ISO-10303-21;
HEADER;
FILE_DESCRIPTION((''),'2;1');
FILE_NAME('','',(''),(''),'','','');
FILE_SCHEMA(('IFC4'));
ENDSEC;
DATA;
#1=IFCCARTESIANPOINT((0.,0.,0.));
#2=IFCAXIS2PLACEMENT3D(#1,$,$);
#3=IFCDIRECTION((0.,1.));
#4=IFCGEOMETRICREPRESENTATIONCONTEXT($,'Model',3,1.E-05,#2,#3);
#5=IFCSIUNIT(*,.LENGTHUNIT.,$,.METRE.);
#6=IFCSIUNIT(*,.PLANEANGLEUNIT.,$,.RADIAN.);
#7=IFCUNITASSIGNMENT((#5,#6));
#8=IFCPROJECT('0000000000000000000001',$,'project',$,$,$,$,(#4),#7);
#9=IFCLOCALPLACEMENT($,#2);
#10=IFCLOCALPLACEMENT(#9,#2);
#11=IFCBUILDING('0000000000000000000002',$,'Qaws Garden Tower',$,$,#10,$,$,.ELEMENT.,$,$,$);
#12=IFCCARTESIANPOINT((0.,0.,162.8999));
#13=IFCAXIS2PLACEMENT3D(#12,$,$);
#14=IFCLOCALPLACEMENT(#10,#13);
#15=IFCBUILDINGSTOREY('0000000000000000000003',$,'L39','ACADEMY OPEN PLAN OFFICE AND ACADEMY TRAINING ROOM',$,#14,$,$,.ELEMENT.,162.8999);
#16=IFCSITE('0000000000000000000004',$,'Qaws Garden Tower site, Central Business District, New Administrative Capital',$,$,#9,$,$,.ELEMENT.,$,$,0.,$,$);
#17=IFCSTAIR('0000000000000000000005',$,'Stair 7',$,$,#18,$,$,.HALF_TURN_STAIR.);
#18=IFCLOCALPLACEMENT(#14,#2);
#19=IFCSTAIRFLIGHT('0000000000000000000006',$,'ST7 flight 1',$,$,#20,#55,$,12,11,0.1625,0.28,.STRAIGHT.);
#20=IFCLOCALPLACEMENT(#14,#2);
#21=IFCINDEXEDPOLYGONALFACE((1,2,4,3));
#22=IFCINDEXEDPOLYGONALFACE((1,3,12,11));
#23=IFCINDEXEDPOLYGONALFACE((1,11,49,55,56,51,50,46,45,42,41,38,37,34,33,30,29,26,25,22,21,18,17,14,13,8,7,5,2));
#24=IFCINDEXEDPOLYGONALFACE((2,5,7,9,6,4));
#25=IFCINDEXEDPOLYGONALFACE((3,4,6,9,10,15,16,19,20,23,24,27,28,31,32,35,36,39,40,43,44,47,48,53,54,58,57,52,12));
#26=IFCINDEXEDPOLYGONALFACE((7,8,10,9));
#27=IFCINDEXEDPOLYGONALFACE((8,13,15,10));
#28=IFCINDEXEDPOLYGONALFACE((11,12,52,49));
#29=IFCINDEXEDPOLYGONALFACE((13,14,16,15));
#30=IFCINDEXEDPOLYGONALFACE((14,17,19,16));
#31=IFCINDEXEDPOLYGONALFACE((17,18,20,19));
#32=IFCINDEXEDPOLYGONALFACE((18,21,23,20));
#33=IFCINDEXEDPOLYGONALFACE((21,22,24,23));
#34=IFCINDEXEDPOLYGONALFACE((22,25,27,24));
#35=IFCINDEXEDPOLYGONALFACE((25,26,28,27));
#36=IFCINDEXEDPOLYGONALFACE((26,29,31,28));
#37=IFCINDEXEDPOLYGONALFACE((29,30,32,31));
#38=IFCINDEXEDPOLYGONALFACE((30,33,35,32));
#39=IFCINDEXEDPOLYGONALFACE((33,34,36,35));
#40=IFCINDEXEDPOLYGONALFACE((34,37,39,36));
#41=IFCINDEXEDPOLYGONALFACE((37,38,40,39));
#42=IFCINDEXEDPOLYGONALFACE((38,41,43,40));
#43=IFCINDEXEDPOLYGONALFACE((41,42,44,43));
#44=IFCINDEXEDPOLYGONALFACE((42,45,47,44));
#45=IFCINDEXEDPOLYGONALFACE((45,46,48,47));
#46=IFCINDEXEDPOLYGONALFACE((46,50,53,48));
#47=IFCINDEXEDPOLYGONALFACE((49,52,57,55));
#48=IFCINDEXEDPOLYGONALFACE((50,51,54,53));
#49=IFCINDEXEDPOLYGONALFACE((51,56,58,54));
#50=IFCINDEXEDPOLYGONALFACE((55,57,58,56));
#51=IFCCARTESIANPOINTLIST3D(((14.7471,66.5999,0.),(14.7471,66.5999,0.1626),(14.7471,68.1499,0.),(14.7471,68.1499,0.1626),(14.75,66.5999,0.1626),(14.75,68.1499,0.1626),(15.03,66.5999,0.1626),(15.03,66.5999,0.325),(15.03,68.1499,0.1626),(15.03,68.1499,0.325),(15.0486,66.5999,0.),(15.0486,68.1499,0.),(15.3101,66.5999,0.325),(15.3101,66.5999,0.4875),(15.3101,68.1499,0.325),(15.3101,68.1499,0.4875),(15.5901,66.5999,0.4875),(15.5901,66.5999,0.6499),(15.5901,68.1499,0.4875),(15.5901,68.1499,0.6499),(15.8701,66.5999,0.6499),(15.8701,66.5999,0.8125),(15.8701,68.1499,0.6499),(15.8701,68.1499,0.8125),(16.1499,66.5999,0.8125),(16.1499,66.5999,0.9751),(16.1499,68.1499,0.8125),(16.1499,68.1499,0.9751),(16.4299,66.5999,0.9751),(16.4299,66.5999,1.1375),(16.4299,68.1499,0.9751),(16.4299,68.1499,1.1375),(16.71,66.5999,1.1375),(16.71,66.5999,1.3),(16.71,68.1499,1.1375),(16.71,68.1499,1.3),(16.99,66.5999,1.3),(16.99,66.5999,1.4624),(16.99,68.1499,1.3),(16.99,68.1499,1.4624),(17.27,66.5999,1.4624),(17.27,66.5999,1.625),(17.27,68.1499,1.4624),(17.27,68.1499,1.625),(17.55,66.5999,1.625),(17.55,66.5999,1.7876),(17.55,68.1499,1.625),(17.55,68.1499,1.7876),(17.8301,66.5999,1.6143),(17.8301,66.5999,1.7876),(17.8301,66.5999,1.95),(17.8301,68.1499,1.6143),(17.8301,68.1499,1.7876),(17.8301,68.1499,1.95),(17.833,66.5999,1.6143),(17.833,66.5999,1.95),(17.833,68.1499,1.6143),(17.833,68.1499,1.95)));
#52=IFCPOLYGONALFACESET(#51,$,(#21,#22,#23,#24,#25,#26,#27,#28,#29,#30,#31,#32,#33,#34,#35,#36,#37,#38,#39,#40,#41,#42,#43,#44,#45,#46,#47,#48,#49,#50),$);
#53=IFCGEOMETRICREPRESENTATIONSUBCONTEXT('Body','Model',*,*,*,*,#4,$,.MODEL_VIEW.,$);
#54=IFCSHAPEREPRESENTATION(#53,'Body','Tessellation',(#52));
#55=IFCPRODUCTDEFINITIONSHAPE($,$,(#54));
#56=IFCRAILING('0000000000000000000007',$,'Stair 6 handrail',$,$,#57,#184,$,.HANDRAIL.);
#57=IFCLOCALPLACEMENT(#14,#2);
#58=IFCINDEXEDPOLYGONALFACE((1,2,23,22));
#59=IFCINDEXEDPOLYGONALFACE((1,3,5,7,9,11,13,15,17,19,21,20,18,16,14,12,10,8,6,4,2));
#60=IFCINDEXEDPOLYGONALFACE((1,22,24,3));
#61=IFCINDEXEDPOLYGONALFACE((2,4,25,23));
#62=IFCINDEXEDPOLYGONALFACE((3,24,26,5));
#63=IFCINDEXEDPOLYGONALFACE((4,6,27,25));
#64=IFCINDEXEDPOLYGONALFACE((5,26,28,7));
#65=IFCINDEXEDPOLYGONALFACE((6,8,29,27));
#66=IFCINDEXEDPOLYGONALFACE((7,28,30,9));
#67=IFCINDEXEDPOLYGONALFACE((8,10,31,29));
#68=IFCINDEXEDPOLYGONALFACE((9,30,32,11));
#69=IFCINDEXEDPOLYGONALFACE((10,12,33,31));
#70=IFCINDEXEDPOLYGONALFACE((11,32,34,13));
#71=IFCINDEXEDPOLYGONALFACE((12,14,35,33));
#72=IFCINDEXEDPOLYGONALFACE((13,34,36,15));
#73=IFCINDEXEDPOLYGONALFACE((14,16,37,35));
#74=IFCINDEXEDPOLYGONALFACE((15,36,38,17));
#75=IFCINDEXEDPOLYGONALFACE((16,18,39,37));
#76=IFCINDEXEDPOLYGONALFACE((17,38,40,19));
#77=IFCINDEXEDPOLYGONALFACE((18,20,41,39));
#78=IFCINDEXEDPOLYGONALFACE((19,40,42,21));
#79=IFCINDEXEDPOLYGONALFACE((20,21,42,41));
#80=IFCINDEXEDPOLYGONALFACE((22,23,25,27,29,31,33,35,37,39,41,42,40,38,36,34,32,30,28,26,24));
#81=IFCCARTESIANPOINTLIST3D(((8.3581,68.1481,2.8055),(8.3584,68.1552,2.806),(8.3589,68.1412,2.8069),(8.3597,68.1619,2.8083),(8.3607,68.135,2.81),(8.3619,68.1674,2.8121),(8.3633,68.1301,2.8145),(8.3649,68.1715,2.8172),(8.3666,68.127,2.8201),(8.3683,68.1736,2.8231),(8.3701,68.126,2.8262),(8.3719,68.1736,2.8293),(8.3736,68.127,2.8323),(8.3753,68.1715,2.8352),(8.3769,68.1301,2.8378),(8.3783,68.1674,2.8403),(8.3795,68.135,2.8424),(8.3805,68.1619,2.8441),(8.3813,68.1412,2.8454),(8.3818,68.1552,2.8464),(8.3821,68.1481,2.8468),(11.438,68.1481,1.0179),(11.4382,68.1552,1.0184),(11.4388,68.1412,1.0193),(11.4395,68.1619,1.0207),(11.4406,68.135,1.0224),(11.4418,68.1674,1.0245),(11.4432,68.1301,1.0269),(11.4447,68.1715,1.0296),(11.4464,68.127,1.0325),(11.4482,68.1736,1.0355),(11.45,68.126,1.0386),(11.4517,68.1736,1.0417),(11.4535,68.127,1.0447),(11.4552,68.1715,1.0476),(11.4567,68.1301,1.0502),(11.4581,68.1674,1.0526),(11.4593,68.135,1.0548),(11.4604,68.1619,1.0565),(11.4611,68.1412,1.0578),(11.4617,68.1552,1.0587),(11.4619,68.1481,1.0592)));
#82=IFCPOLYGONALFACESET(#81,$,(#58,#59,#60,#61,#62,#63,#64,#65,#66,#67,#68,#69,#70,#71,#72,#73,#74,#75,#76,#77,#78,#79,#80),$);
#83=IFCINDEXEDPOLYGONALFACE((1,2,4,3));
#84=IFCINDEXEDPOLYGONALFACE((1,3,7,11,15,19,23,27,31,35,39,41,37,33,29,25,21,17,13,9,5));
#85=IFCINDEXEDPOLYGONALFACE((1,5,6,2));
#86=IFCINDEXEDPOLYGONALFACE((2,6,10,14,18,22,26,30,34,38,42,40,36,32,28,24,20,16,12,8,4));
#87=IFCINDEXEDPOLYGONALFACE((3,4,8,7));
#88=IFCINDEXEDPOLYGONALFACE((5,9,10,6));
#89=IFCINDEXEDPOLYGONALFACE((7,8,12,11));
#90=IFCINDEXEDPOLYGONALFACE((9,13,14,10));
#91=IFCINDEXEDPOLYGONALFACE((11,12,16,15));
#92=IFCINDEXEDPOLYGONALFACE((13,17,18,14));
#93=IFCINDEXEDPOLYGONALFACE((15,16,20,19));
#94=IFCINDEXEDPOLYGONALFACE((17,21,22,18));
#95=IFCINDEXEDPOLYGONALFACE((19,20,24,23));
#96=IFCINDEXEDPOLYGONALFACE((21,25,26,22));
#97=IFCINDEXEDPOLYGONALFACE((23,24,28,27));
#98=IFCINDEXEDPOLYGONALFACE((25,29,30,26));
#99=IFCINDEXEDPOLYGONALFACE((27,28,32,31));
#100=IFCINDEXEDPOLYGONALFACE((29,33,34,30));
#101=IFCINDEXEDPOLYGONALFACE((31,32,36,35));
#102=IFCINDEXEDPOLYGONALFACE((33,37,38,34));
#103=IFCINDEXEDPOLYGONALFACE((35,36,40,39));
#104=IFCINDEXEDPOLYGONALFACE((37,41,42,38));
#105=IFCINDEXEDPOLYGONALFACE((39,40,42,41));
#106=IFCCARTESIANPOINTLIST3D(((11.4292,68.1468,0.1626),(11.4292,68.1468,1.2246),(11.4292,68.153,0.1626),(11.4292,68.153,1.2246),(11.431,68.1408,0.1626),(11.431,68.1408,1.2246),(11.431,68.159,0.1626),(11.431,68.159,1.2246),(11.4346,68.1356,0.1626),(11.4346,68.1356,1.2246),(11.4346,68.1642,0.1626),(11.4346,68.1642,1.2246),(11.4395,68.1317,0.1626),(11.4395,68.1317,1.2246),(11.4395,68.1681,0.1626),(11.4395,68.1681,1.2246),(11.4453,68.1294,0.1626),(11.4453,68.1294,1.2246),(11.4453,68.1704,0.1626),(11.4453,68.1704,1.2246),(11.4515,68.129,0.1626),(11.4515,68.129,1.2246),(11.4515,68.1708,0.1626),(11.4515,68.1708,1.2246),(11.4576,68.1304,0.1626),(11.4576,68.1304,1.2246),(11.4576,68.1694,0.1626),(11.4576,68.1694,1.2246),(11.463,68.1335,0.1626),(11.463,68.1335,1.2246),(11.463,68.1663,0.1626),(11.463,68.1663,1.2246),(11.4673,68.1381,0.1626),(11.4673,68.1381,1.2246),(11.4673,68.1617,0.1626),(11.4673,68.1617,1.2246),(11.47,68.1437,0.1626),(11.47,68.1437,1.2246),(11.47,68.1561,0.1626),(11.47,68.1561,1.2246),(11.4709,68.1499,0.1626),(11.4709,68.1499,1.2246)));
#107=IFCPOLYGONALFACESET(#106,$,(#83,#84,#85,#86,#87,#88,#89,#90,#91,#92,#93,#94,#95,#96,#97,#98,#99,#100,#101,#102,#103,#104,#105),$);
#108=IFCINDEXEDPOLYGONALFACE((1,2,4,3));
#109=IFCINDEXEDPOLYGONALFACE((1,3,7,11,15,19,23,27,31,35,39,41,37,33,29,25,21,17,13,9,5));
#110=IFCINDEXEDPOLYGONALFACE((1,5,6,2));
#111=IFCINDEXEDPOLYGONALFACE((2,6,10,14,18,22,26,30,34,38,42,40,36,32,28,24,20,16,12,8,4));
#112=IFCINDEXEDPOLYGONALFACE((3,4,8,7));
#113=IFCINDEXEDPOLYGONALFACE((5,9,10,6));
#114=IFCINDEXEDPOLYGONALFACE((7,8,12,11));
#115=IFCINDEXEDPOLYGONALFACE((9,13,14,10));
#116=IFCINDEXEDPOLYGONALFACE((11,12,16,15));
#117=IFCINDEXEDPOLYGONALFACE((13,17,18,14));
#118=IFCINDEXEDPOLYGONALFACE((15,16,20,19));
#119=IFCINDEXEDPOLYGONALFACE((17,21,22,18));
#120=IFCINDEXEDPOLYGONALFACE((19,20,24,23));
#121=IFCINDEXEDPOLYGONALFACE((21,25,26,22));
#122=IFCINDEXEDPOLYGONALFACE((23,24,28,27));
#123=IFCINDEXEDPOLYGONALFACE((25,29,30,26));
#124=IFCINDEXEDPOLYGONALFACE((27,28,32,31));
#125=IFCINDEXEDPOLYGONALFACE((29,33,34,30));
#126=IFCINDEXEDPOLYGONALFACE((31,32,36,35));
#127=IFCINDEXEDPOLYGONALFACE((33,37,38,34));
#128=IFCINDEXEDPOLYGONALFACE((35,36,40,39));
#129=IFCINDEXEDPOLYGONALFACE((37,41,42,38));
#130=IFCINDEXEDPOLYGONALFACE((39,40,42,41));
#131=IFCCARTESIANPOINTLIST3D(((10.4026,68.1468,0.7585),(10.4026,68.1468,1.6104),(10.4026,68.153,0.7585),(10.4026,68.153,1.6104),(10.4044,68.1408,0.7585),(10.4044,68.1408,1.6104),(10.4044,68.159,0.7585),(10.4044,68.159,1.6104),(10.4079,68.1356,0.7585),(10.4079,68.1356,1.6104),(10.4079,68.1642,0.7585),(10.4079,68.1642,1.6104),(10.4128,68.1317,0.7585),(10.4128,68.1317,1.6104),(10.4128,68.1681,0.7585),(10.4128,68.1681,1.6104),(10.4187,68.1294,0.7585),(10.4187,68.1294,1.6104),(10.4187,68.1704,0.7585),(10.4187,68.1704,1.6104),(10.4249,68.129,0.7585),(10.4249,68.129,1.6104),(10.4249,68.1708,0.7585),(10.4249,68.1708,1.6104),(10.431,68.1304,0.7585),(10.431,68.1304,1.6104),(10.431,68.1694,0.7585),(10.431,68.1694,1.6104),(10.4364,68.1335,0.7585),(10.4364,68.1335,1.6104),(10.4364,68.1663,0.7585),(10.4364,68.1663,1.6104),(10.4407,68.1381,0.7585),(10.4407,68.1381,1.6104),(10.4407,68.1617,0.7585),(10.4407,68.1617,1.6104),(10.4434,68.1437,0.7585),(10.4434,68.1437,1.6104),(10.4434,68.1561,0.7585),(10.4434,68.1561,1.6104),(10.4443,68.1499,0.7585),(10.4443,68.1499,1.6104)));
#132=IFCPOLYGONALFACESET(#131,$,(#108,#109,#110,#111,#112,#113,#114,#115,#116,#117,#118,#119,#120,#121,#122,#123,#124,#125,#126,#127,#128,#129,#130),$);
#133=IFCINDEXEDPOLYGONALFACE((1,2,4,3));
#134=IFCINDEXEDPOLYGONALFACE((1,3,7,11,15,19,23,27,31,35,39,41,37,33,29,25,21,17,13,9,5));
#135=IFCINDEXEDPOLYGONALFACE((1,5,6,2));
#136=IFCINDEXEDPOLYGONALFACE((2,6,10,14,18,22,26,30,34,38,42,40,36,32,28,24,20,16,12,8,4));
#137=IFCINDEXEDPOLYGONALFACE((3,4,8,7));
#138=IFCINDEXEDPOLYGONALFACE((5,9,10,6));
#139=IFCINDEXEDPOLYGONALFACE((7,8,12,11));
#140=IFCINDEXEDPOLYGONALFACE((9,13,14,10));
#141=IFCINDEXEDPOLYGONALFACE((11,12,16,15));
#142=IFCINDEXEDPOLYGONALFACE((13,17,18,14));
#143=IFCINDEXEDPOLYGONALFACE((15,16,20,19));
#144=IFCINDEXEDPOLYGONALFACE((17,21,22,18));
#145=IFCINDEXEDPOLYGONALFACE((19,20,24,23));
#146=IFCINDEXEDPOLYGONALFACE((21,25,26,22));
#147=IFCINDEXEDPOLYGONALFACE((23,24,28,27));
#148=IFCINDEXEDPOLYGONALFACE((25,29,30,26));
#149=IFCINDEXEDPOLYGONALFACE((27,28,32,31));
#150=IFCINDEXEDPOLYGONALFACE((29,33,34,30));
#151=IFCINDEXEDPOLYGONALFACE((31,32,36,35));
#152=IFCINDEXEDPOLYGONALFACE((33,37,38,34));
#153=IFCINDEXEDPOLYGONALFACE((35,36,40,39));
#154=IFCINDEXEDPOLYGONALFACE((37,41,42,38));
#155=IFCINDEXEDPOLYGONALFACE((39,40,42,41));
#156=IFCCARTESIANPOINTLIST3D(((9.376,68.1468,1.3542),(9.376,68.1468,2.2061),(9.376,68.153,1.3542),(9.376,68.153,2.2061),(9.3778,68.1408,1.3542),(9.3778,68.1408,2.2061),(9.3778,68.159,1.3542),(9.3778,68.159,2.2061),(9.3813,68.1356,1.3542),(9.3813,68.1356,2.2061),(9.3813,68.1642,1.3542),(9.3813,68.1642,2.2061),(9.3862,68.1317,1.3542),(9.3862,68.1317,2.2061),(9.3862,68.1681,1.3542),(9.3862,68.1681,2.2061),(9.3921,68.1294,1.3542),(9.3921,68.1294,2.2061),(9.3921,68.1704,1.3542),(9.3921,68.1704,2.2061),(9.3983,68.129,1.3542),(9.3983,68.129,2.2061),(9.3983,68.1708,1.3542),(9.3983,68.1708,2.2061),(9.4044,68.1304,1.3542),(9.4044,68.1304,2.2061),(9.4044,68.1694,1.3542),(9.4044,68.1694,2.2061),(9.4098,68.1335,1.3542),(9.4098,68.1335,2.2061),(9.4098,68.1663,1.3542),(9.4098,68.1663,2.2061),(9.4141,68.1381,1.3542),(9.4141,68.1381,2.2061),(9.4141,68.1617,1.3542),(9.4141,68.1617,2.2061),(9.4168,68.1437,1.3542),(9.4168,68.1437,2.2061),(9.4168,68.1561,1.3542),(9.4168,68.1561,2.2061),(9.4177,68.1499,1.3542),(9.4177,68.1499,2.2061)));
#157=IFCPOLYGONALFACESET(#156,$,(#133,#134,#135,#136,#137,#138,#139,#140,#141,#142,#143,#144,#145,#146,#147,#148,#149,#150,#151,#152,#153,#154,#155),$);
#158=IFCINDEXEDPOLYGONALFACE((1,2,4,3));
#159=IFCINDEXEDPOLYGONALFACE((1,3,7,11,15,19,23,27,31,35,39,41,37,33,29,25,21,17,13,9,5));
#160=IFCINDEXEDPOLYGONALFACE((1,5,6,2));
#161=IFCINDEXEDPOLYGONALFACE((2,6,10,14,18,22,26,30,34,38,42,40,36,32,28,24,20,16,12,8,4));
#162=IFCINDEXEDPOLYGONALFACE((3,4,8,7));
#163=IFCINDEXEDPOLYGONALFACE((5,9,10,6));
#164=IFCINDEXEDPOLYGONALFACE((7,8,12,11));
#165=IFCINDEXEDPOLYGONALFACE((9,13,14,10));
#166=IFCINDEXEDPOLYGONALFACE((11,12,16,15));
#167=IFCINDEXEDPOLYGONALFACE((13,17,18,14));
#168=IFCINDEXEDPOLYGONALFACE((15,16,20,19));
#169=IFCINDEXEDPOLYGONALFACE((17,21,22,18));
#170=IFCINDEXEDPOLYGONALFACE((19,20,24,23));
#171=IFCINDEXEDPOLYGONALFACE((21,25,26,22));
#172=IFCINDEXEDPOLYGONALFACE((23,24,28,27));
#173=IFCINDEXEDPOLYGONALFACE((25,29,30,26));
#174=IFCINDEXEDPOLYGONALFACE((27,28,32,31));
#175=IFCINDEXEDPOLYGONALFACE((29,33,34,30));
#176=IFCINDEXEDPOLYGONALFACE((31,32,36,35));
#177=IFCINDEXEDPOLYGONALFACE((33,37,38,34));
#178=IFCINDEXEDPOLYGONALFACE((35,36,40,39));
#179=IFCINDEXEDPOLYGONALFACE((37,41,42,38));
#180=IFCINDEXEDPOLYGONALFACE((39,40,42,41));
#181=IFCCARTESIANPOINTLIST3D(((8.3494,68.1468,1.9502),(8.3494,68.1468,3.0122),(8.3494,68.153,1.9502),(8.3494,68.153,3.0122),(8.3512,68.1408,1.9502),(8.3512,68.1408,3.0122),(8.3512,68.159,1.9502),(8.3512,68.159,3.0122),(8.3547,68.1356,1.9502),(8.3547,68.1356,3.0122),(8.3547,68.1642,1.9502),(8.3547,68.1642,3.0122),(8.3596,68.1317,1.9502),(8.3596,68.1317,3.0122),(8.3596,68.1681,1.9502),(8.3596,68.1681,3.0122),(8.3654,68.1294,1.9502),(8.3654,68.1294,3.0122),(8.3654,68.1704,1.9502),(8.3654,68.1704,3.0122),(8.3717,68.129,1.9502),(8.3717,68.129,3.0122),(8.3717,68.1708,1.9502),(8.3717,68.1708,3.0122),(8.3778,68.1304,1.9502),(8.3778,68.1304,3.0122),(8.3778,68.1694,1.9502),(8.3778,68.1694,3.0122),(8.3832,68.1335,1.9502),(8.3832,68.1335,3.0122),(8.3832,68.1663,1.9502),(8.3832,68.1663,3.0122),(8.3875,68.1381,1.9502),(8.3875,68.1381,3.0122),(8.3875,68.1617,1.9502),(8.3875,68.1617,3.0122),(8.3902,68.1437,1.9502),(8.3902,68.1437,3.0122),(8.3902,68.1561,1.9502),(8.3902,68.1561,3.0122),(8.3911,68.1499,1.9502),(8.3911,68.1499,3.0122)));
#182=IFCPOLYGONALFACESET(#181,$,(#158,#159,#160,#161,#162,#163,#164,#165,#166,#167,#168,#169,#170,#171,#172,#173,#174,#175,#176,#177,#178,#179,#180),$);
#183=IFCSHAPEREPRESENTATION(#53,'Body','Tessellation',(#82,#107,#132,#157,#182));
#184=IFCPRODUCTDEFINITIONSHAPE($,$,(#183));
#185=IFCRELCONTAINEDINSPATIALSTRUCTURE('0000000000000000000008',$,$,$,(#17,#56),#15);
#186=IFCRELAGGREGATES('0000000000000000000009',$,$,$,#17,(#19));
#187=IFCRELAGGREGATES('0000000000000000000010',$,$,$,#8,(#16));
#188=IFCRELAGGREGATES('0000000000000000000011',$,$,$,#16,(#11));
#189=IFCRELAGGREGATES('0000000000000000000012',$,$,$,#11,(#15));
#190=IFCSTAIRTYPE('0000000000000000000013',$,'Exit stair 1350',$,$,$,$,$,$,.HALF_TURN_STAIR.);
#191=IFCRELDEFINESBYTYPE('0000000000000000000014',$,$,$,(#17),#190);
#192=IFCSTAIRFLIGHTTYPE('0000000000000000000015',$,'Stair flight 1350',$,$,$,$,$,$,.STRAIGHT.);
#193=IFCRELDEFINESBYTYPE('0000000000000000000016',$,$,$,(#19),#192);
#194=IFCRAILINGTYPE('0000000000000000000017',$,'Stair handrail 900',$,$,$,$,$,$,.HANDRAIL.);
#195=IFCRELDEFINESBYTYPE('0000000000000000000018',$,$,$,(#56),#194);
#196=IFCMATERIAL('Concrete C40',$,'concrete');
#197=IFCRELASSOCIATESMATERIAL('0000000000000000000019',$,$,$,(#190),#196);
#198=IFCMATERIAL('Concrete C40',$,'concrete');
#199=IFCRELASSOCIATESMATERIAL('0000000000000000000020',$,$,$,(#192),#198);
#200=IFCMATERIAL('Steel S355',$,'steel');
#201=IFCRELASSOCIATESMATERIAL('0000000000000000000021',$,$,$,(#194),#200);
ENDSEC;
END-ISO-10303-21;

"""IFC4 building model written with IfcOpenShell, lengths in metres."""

from ifc_helpers import new_model, si_unit, direction, frame, origin, origin_2d, place, context, subcontext, project, spatial, polyline, circle, outline, extrude, material, type_object, element, aggregate, save


model = new_model("IFC4")

# Units and contexts
model_context = context("Model", 3, precision=1e-05, world=origin(), true_north=direction((0.0, 1.0)))
body_context = subcontext(model_context, "Body", "Model", "MODEL_VIEW")
ifc_project = project(units=[si_unit("LENGTHUNIT", "METRE"), si_unit("PLANEANGLEUNIT", "RADIAN")], contexts=[model_context])

# Site, building, storey
site_placement = place(None, origin())
site = spatial("IfcSite", under=ifc_project, at=site_placement, Name="Qaws Garden Tower site, Central Business District, New Administrative Capital", CompositionType="ELEMENT", RefElevation=0.0)
building_placement = place(site_placement, origin())
building = spatial("IfcBuilding", under=site, at=building_placement, Name="Qaws Garden Tower", CompositionType="ELEMENT")
storey_placement = place(building_placement, frame((0.0, 0.0, 162.8999)))
storey = spatial("IfcBuildingStorey", under=building, at=storey_placement, Name="L39", Description="ACADEMY OPEN PLAN OFFICE AND ACADEMY TRAINING ROOM", CompositionType="ELEMENT", Elevation=162.8999)

# Shared definitions
ifc_material_1 = material(Name="Concrete C40", Category="concrete")
stair_type = type_object("IfcStairType", Name="Exit stair 1350", PredefinedType="HALF_TURN_STAIR", material=ifc_material_1)
placement = place(storey_placement, origin())
ifc_material_2 = material(Name="Concrete C40", Category="concrete")
stair_flight_type = type_object("IfcStairFlightType", Name="Stair flight 1350", PredefinedType="STRAIGHT", material=ifc_material_2)

# Stair, stair flight
stair_1 = element("IfcStair", 1, at=placement, inside=storey, type_object=stair_type, Name="Stair 7", PredefinedType="HALF_TURN_STAIR")
stair_flight_1_placement = place(storey_placement, frame((14.75, 67.375, 0.0), z_axis=(0.0, 0.0, 1.0), x_axis=(1.0, 0.0, 0.0)))
stair_flight_1 = element("IfcStairFlight", 2, at=stair_flight_1_placement, type_object=stair_flight_type, Name="ST7 flight 1", NumberOfRisers=12, NumberOfTreads=11, PredefinedType="STRAIGHT", RiserHeight=0.1625, TreadLength=0.28, context=body_context, shape_type="SweptSolid", body=[
    extrude(outline(polyline([(-0.0029, 0.0), (-0.0029, 0.1626), (0.0, 0.1626), (0.28, 0.1626), (0.28, 0.325), (0.5601, 0.325), (0.5601, 0.4875), (0.8401, 0.4875), (0.8401, 0.6499), (1.1201, 0.6499), (1.1201, 0.8125), (1.3999, 0.8125), (1.3999, 0.9751), (1.6799, 0.9751), (1.6799, 1.1375), (1.96, 1.1375), (1.96, 1.3), (2.24, 1.3), (2.24, 1.4624), (2.52, 1.4624), (2.52, 1.625), (2.8, 1.625), (2.8, 1.7876), (3.0801, 1.7876), (3.0801, 1.95), (3.083, 1.95), (3.083, 1.6143), (3.0801, 1.6143), (0.2986, 0.0), (-0.0029, 0.0)])), frame((0.0, 0.7749, 0.0), z_axis=(0.0, -1.0, 0.0), x_axis=(1.0, 0.0, 0.0)), (0.0, 0.0, 1.0), 1.55),
])
aggregate(stair_1, [stair_flight_1])

# Railing
ifc_material_3 = material(Name="Steel S355", Category="steel")
railing_type = type_object("IfcRailingType", Name="Stair handrail 900", PredefinedType="HANDRAIL", material=ifc_material_3)
railing_1_placement = place(storey_placement, frame((11.45, 68.1499, 0.1626)))
element("IfcRailing", 3, at=railing_1_placement, inside=storey, type_object=railing_type, Name="Stair 6 handrail", PredefinedType="HANDRAIL", context=body_context, shape_type="SweptSolid", body=[
    extrude(circle(Radius=0.0239, at=origin_2d()), frame((0.0, 0.0, 0.876), z_axis=(-0.864873, 0.0, 0.50199), x_axis=(0.0, -1.0, 0.0)), (0.0, 0.0, 1.0), 3.561),
    extrude(circle(Radius=0.021, at=origin_2d()), origin(), (0.0, 0.0, 1.0), 1.062),
    extrude(circle(Radius=0.021, at=origin_2d()), frame((-1.0266, 0.0, 0.5959)), (0.0, 0.0, 1.0), 0.8518),
    extrude(circle(Radius=0.021, at=origin_2d()), frame((-2.0532, 0.0, 1.1917)), (0.0, 0.0, 1.0), 0.8518),
    extrude(circle(Radius=0.021, at=origin_2d()), frame((-3.0798, 0.0, 1.7876)), (0.0, 0.0, 1.0), 1.062),
])

save(model, "model.ifc")
